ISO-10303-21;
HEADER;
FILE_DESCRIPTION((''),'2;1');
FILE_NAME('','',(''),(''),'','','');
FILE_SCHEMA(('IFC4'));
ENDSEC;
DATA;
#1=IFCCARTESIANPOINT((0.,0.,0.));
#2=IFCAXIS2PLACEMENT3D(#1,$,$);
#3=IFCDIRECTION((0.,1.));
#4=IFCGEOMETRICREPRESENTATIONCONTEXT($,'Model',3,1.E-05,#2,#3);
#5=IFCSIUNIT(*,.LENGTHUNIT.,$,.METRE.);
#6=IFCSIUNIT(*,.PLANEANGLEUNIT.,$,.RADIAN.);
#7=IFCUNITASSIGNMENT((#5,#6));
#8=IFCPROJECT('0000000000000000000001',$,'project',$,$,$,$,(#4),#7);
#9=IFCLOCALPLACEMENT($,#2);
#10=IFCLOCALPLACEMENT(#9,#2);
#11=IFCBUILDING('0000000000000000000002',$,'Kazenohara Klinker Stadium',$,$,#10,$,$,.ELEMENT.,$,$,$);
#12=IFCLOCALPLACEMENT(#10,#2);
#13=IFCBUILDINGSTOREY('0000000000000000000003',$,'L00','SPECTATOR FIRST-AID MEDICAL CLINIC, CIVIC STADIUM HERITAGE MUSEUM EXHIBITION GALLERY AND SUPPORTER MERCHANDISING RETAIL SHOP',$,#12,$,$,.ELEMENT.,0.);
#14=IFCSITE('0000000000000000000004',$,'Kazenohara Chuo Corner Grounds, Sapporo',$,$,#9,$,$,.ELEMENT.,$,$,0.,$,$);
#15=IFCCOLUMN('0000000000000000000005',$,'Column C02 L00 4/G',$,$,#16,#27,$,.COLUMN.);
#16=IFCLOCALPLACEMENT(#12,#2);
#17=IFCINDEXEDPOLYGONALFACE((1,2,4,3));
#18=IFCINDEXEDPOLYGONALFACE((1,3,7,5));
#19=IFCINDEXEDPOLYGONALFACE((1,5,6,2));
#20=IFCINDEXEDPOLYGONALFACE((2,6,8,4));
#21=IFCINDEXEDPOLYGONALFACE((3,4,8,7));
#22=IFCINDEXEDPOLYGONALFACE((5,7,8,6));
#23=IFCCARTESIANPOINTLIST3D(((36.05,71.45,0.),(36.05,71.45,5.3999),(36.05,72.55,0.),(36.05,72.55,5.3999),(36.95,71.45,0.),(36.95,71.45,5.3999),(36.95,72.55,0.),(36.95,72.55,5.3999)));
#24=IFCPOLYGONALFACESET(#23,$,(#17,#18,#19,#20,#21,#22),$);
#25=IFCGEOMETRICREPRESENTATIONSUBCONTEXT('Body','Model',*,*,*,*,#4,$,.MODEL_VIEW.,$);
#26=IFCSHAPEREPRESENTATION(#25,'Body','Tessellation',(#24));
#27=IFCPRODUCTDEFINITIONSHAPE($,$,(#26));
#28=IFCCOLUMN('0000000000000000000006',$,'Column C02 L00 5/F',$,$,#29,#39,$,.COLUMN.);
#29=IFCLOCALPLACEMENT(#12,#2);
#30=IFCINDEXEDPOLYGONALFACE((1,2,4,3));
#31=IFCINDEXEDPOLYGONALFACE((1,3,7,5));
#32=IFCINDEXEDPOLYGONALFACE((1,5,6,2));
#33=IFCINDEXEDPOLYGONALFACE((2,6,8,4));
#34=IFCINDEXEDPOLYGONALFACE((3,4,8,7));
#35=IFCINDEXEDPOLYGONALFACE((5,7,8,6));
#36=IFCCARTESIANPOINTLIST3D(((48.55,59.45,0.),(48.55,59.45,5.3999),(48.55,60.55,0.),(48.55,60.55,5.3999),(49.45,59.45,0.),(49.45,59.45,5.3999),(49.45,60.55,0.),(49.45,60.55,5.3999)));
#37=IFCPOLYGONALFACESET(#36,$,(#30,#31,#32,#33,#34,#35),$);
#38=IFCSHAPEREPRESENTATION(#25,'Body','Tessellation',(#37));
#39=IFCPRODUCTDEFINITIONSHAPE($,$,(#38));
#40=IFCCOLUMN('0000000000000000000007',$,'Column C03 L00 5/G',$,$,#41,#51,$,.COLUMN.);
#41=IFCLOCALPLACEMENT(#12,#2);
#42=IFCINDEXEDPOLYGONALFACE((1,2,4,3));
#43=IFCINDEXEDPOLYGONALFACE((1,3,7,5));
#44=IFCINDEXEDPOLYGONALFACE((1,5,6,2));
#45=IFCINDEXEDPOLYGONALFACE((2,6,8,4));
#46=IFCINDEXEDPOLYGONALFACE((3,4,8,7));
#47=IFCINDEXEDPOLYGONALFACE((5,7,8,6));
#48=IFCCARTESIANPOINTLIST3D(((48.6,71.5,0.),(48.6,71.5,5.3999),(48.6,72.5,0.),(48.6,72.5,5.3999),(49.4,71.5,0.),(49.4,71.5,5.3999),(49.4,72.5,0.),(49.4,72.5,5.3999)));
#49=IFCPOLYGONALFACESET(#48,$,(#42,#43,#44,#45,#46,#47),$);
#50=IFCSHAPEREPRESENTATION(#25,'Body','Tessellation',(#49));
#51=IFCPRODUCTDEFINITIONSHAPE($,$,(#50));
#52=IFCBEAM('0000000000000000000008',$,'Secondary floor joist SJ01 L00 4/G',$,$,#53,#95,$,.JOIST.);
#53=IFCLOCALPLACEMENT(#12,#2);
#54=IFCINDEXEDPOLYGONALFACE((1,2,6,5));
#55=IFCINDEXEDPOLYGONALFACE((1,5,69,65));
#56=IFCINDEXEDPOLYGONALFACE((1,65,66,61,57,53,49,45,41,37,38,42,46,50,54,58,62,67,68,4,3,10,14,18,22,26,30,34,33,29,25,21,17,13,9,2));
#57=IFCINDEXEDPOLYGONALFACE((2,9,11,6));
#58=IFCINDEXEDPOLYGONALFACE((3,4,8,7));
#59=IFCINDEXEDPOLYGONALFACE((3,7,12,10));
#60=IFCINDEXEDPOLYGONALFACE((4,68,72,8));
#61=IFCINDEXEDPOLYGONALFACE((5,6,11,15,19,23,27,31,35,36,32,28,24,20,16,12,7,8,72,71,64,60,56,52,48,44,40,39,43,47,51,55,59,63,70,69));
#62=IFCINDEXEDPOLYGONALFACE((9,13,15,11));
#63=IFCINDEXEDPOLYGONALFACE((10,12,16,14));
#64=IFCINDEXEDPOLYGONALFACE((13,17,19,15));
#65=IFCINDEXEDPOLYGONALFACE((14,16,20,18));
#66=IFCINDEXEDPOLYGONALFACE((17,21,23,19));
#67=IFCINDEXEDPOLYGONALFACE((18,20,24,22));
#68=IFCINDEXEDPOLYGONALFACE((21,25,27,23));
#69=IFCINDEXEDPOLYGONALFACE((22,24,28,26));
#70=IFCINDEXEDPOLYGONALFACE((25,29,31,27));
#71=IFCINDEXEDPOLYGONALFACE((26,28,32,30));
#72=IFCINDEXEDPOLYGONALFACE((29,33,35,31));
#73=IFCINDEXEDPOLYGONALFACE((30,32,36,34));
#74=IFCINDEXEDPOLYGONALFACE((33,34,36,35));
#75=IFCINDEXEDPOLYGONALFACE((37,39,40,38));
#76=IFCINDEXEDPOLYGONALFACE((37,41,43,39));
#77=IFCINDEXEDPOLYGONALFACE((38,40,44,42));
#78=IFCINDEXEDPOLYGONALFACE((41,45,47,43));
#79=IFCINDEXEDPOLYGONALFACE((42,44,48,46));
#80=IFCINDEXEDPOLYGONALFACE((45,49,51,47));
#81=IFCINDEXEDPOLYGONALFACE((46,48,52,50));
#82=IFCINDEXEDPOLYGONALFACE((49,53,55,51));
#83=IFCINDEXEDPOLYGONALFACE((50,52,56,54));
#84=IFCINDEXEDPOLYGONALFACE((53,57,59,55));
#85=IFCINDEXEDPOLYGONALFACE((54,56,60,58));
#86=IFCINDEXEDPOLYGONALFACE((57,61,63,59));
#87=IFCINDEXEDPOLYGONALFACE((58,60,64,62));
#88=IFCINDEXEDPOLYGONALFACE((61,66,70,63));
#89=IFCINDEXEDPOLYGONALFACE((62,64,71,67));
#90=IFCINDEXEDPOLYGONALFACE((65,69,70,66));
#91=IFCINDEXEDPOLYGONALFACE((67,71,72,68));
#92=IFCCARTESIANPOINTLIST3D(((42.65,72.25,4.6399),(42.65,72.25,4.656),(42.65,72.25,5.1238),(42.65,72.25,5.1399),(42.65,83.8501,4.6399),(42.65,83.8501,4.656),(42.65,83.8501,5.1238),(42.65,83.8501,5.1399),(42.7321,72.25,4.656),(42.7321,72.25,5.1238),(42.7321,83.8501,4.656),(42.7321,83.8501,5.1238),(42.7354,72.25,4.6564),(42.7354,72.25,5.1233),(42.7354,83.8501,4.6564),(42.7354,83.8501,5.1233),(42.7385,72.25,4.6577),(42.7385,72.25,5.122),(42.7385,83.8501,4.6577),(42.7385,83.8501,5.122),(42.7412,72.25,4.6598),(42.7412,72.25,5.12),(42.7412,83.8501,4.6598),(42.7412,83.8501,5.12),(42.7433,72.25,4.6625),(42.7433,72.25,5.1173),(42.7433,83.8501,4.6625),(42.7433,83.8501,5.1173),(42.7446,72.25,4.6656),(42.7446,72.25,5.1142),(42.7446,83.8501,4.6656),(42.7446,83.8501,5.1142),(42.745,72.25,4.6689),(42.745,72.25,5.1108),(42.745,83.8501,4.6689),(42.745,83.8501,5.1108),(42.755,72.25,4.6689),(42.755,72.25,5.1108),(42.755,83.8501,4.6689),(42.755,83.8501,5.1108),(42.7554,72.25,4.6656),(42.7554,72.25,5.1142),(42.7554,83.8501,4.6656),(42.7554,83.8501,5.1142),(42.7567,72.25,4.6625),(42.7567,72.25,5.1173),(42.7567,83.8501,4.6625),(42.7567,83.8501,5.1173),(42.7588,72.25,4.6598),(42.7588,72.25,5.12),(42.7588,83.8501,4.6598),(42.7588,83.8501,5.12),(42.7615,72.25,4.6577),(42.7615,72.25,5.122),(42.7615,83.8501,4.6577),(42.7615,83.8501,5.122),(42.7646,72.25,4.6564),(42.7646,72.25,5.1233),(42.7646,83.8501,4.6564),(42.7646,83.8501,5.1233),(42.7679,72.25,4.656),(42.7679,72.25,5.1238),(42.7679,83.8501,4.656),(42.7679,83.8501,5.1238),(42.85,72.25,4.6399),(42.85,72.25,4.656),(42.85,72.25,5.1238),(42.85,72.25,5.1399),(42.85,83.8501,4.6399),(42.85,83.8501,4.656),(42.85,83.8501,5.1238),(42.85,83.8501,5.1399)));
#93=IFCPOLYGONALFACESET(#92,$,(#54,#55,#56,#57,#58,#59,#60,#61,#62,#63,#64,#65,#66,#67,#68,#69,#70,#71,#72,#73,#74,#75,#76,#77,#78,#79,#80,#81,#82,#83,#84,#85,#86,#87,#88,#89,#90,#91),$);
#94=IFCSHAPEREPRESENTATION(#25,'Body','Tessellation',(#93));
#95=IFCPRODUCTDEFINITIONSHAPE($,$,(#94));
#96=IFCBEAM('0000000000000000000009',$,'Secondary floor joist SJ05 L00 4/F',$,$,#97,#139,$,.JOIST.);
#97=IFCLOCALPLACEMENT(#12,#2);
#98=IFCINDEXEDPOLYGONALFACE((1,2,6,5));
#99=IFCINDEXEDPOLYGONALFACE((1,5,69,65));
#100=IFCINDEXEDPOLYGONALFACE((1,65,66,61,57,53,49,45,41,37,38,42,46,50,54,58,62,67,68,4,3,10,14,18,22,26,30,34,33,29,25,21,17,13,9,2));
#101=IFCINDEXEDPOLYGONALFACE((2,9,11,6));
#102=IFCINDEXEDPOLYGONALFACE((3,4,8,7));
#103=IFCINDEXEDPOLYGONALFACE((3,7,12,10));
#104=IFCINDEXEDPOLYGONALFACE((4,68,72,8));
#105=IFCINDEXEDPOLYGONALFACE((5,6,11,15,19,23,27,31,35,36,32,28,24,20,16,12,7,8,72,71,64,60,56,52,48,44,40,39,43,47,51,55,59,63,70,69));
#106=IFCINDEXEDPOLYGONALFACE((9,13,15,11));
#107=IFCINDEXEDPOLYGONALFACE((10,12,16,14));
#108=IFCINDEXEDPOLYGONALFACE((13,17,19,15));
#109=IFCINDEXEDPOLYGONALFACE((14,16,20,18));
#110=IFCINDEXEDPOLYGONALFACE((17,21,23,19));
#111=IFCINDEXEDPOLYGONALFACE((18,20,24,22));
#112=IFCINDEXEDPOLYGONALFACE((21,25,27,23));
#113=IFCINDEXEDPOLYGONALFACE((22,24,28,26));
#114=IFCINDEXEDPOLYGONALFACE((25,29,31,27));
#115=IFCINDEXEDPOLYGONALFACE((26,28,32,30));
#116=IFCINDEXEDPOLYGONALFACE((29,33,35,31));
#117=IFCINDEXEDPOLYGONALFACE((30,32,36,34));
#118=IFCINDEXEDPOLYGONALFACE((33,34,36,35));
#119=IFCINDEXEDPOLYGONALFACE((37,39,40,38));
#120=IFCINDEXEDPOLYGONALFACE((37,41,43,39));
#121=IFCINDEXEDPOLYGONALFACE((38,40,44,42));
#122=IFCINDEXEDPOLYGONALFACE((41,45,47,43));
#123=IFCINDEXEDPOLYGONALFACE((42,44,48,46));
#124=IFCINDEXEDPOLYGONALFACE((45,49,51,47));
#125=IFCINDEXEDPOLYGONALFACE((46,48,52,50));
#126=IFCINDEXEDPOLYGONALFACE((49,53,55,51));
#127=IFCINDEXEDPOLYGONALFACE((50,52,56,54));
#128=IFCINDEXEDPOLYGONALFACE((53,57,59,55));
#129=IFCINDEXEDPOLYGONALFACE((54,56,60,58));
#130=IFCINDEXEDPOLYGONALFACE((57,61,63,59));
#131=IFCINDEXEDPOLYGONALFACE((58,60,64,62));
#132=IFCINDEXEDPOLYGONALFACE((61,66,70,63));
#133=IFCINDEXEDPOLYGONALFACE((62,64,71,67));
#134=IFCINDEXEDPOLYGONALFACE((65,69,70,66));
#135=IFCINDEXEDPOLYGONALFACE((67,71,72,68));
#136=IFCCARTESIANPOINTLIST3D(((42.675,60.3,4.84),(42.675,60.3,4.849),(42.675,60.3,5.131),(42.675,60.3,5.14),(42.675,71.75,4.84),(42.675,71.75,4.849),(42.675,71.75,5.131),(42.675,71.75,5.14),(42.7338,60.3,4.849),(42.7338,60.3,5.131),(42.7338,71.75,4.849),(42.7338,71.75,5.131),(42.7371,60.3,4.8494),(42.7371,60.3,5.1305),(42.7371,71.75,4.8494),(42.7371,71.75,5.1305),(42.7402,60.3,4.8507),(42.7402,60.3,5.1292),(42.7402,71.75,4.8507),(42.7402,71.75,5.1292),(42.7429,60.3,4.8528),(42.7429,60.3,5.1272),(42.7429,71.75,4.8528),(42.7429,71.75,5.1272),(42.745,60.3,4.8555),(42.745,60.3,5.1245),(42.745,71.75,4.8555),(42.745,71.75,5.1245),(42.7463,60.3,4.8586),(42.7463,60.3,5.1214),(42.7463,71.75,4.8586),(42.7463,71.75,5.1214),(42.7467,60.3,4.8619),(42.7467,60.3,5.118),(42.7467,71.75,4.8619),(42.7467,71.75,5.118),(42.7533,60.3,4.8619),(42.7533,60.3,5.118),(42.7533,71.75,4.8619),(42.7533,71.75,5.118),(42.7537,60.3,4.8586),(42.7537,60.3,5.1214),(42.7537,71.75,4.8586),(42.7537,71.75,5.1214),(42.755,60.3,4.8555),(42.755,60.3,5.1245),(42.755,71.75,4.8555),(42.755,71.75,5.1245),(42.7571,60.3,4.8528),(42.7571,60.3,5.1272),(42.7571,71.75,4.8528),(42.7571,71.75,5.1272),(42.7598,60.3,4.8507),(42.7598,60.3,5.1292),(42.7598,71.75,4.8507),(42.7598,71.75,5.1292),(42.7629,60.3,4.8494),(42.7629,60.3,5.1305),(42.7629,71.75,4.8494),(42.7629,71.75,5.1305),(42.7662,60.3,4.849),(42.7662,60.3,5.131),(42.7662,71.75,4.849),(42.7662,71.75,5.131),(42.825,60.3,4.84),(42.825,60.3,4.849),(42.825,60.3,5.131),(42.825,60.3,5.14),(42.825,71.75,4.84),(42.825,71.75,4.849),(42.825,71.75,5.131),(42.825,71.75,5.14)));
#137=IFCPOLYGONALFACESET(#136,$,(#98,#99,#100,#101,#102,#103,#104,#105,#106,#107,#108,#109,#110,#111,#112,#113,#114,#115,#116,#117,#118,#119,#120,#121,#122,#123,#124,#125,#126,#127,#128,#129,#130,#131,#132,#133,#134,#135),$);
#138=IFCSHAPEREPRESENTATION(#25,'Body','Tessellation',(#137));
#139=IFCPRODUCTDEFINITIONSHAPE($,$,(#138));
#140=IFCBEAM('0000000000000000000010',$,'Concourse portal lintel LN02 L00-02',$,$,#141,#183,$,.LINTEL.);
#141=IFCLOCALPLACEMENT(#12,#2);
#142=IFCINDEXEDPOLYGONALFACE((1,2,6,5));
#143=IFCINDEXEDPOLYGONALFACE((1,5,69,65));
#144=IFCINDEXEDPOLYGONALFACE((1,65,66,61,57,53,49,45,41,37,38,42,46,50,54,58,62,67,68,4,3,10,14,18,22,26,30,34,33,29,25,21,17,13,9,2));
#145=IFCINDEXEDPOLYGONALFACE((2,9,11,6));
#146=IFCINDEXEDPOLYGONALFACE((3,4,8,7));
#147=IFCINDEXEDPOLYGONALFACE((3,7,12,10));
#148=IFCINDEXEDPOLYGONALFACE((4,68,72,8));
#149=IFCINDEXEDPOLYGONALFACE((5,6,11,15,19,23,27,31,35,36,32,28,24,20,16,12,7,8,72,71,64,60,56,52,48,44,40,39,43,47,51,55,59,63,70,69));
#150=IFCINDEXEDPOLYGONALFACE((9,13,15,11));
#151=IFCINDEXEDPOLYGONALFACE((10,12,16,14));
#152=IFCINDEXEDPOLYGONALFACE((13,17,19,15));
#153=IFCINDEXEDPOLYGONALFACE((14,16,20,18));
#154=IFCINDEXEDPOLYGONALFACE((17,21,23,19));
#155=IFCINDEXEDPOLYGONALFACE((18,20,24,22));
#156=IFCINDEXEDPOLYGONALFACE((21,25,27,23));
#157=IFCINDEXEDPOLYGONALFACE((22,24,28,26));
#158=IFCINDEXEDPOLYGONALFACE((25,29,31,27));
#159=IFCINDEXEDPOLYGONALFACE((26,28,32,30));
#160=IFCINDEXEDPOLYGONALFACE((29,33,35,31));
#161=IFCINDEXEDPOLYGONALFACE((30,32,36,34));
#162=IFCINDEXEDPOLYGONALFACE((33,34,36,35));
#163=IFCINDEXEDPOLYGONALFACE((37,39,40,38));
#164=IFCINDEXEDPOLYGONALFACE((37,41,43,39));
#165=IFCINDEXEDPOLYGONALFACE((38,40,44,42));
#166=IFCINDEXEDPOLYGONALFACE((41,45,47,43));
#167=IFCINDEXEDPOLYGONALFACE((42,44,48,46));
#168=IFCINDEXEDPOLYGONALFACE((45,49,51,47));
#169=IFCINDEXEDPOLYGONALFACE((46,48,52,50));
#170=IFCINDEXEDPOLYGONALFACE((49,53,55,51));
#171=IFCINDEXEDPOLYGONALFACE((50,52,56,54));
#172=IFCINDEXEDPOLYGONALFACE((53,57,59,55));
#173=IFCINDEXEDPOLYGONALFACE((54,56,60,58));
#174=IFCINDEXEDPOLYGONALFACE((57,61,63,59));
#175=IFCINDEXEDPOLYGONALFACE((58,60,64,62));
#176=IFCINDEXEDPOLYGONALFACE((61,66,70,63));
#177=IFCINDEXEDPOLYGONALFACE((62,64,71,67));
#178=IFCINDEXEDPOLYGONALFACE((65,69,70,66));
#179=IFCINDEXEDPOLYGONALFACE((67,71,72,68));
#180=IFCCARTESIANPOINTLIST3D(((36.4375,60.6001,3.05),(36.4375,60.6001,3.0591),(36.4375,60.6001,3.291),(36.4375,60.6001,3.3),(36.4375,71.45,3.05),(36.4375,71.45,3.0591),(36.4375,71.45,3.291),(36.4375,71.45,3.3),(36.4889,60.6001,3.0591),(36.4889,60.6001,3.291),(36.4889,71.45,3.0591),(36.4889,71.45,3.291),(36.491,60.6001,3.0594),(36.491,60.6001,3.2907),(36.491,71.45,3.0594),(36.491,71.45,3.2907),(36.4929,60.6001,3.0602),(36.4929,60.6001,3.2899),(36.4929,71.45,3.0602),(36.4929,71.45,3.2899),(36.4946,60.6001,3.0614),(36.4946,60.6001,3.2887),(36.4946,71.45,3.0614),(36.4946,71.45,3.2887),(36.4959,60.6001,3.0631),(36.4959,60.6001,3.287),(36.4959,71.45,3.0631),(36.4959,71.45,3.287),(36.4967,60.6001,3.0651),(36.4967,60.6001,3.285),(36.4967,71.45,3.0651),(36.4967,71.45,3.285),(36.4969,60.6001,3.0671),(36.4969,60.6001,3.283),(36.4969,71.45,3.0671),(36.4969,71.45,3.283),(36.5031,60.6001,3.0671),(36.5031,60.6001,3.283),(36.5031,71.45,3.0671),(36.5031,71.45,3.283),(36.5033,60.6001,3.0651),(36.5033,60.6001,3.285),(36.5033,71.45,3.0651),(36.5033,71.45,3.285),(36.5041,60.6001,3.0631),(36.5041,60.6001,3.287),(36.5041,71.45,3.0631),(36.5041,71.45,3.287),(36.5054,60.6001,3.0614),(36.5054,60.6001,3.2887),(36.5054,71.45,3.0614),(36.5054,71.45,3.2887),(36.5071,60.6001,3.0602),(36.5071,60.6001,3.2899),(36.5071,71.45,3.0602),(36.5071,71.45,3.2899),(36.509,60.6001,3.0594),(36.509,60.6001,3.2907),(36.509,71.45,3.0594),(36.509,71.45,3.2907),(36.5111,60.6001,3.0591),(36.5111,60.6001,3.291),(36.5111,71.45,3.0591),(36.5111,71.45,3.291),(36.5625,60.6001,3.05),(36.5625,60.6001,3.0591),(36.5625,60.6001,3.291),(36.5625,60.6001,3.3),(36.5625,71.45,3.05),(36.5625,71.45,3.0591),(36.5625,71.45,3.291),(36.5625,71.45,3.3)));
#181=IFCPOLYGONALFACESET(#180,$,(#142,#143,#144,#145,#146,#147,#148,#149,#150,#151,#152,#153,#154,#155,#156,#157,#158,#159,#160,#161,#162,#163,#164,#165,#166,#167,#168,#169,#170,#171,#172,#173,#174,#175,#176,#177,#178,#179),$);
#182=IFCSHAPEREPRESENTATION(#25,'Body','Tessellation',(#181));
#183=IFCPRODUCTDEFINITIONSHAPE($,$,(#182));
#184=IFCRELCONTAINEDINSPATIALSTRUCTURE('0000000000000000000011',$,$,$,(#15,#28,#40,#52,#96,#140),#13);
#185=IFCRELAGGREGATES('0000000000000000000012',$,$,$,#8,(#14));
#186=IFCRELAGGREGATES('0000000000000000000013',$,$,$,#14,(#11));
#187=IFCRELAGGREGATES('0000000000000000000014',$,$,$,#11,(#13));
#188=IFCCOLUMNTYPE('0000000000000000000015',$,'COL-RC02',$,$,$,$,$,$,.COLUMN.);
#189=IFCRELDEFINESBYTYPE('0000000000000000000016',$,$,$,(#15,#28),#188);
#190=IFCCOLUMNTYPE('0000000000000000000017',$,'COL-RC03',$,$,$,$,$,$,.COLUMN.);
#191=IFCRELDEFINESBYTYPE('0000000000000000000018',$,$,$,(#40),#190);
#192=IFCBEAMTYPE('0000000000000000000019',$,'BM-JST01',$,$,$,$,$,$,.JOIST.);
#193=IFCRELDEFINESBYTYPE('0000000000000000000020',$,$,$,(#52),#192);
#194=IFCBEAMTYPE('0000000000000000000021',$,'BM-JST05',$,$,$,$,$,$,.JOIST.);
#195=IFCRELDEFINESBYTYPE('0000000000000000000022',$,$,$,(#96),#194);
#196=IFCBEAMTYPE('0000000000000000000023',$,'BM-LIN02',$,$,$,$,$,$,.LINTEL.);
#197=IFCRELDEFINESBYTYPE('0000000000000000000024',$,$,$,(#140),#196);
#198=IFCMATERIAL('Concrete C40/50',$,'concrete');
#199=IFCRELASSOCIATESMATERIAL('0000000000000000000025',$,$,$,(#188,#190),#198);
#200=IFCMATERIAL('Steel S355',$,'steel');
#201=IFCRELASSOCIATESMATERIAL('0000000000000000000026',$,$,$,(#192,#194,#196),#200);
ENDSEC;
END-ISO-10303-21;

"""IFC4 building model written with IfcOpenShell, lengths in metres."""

from ifc_helpers import new_model, si_unit, direction, frame, origin, origin_2d, place, context, subcontext, project, spatial, rectangle, i_section, extrude, material, material_profile, profile_set, type_object, element, save


model = new_model("IFC4")

# Units and contexts
model_context = context("Model", 3, precision=1e-05, world=origin(), true_north=direction((0.0, 1.0)))
body_context = subcontext(model_context, "Body", "Model", "MODEL_VIEW")
ifc_project = project(units=[si_unit("LENGTHUNIT", "METRE"), si_unit("PLANEANGLEUNIT", "RADIAN")], contexts=[model_context])

# Site, building, storey
site_placement = place(None, origin())
site = spatial("IfcSite", under=ifc_project, at=site_placement, Name="Kazenohara Chuo Corner Grounds, Sapporo", CompositionType="ELEMENT", RefElevation=0.0)
building_placement = place(site_placement, origin())
building = spatial("IfcBuilding", under=site, at=building_placement, Name="Kazenohara Klinker Stadium", CompositionType="ELEMENT")
storey_placement = place(building_placement, origin())
storey = spatial("IfcBuildingStorey", under=building, at=storey_placement, Name="L00", Description="SPECTATOR FIRST-AID MEDICAL CLINIC, CIVIC STADIUM HERITAGE MUSEUM EXHIBITION GALLERY AND SUPPORTER MERCHANDISING RETAIL SHOP", CompositionType="ELEMENT", Elevation=0.0)

# Columns
ifc_material_1 = material(Name="Concrete C40/50", Category="concrete")
ifc_material_profile_1 = material_profile(ifc_material_1, rectangle(XDim=0.8999, YDim=1.1001, at=origin_2d()), Name="RC-COL-1100x900")
ifc_profile_set_1 = profile_set([ifc_material_profile_1], Name="Concrete C40/50")
column_type_1 = type_object("IfcColumnType", Name="COL-RC02", PredefinedType="COLUMN", material=ifc_profile_set_1)
for number, where, z_axis, x_axis, name in (
    (1, (36.5, 72.0, 0.0), (0.0, 0.0, 1.0), (1.0, 0.0, 0.0), "Column C02 L00 4/G"),
    (2, (49.0, 60.0, 0.0), (0.0, 0.0, 1.0), (1.0, 0.0, 0.0), "Column C02 L00 5/F"),
):
    element("IfcColumn", number, at=place(storey_placement, frame(where, z_axis=z_axis, x_axis=x_axis)), inside=storey, type_object=column_type_1, Name=name, PredefinedType="COLUMN", context=body_context, shape_type="SweptSolid", body=[
        extrude(rectangle(XDim=0.8999, YDim=1.1001, at=origin_2d()), origin(), (0.0, 0.0, 1.0), 5.3999),
    ])
ifc_material_profile_2 = material_profile(ifc_material_1, rectangle(XDim=0.8, YDim=1.0, at=origin_2d()), Name="RC-COL-1000x800")
ifc_profile_set_2 = profile_set([ifc_material_profile_2], Name="Concrete C40/50")
column_type_2 = type_object("IfcColumnType", Name="COL-RC03", PredefinedType="COLUMN", material=ifc_profile_set_2)
column_placement = place(storey_placement, frame((49.0, 72.0, 0.0), z_axis=(0.0, 0.0, 1.0), x_axis=(1.0, 0.0, 0.0)))
element("IfcColumn", 3, at=column_placement, inside=storey, type_object=column_type_2, Name="Column C03 L00 5/G", PredefinedType="COLUMN", context=body_context, shape_type="SweptSolid", body=[
    extrude(rectangle(XDim=0.8, YDim=1.0, at=origin_2d()), origin(), (0.0, 0.0, 1.0), 5.3999),
])

# Beams
ifc_material_2 = material(Name="Steel S355", Category="steel")
ifc_material_profile_3 = material_profile(ifc_material_2, i_section(OverallWidth=0.2, OverallDepth=0.5, WebThickness=0.01, FlangeThickness=0.0161, FilletRadius=0.0129, at=origin_2d()), Name="H-500x200x10x16")
ifc_profile_set_3 = profile_set([ifc_material_profile_3], Name="Steel S355")
beam_type_1 = type_object("IfcBeamType", Name="BM-JST01", PredefinedType="JOIST", material=ifc_profile_set_3)
beam_1_placement = place(storey_placement, frame((42.75, 72.25, 4.8899), z_axis=(0.0, 1.0, 0.0), x_axis=(-1.0, 0.0, 0.0)))
element("IfcBeam", 4, at=beam_1_placement, inside=storey, type_object=beam_type_1, Name="Secondary floor joist SJ01 L00 4/G", PredefinedType="JOIST", context=body_context, shape_type="SweptSolid", body=[
    extrude(i_section(OverallWidth=0.2, OverallDepth=0.5, WebThickness=0.01, FlangeThickness=0.0161, FilletRadius=0.0129, at=origin_2d()), origin(), (0.0, 0.0, 1.0), 11.6001),
])
ifc_material_profile_4 = material_profile(ifc_material_2, i_section(OverallWidth=0.1499, OverallDepth=0.3, WebThickness=0.0066, FlangeThickness=0.009, FilletRadius=0.0129, at=origin_2d()), Name="H-300x150x6.5x9")
ifc_profile_set_4 = profile_set([ifc_material_profile_4], Name="Steel S355")
beam_type_2 = type_object("IfcBeamType", Name="BM-JST05", PredefinedType="JOIST", material=ifc_profile_set_4)
beam_2_placement = place(storey_placement, frame((42.75, 60.3, 4.99), z_axis=(0.0, 1.0, 0.0), x_axis=(-1.0, 0.0, 0.0)))
element("IfcBeam", 5, at=beam_2_placement, inside=storey, type_object=beam_type_2, Name="Secondary floor joist SJ05 L00 4/F", PredefinedType="JOIST", context=body_context, shape_type="SweptSolid", body=[
    extrude(i_section(OverallWidth=0.1499, OverallDepth=0.3, WebThickness=0.0066, FlangeThickness=0.009, FilletRadius=0.0129, at=origin_2d()), origin(), (0.0, 0.0, 1.0), 11.45),
])
ifc_material_profile_5 = material_profile(ifc_material_2, i_section(OverallWidth=0.125, OverallDepth=0.25, WebThickness=0.0061, FlangeThickness=0.009, FilletRadius=0.0081, at=origin_2d()), Name="H-250x125x6x9")
ifc_profile_set_5 = profile_set([ifc_material_profile_5], Name="Steel S355")
beam_type_3 = type_object("IfcBeamType", Name="BM-LIN02", PredefinedType="LINTEL", material=ifc_profile_set_5)
beam_3_placement = place(storey_placement, frame((36.5, 60.6001, 3.175), z_axis=(0.0, 1.0, 0.0), x_axis=(-1.0, 0.0, 0.0)))
element("IfcBeam", 6, at=beam_3_placement, inside=storey, type_object=beam_type_3, Name="Concourse portal lintel LN02 L00-02", PredefinedType="LINTEL", context=body_context, shape_type="SweptSolid", body=[
    extrude(i_section(OverallWidth=0.125, OverallDepth=0.25, WebThickness=0.0061, FlangeThickness=0.009, FilletRadius=0.0081, at=origin_2d()), origin(), (0.0, 0.0, 1.0), 10.8499),
])

save(model, "model.ifc")
